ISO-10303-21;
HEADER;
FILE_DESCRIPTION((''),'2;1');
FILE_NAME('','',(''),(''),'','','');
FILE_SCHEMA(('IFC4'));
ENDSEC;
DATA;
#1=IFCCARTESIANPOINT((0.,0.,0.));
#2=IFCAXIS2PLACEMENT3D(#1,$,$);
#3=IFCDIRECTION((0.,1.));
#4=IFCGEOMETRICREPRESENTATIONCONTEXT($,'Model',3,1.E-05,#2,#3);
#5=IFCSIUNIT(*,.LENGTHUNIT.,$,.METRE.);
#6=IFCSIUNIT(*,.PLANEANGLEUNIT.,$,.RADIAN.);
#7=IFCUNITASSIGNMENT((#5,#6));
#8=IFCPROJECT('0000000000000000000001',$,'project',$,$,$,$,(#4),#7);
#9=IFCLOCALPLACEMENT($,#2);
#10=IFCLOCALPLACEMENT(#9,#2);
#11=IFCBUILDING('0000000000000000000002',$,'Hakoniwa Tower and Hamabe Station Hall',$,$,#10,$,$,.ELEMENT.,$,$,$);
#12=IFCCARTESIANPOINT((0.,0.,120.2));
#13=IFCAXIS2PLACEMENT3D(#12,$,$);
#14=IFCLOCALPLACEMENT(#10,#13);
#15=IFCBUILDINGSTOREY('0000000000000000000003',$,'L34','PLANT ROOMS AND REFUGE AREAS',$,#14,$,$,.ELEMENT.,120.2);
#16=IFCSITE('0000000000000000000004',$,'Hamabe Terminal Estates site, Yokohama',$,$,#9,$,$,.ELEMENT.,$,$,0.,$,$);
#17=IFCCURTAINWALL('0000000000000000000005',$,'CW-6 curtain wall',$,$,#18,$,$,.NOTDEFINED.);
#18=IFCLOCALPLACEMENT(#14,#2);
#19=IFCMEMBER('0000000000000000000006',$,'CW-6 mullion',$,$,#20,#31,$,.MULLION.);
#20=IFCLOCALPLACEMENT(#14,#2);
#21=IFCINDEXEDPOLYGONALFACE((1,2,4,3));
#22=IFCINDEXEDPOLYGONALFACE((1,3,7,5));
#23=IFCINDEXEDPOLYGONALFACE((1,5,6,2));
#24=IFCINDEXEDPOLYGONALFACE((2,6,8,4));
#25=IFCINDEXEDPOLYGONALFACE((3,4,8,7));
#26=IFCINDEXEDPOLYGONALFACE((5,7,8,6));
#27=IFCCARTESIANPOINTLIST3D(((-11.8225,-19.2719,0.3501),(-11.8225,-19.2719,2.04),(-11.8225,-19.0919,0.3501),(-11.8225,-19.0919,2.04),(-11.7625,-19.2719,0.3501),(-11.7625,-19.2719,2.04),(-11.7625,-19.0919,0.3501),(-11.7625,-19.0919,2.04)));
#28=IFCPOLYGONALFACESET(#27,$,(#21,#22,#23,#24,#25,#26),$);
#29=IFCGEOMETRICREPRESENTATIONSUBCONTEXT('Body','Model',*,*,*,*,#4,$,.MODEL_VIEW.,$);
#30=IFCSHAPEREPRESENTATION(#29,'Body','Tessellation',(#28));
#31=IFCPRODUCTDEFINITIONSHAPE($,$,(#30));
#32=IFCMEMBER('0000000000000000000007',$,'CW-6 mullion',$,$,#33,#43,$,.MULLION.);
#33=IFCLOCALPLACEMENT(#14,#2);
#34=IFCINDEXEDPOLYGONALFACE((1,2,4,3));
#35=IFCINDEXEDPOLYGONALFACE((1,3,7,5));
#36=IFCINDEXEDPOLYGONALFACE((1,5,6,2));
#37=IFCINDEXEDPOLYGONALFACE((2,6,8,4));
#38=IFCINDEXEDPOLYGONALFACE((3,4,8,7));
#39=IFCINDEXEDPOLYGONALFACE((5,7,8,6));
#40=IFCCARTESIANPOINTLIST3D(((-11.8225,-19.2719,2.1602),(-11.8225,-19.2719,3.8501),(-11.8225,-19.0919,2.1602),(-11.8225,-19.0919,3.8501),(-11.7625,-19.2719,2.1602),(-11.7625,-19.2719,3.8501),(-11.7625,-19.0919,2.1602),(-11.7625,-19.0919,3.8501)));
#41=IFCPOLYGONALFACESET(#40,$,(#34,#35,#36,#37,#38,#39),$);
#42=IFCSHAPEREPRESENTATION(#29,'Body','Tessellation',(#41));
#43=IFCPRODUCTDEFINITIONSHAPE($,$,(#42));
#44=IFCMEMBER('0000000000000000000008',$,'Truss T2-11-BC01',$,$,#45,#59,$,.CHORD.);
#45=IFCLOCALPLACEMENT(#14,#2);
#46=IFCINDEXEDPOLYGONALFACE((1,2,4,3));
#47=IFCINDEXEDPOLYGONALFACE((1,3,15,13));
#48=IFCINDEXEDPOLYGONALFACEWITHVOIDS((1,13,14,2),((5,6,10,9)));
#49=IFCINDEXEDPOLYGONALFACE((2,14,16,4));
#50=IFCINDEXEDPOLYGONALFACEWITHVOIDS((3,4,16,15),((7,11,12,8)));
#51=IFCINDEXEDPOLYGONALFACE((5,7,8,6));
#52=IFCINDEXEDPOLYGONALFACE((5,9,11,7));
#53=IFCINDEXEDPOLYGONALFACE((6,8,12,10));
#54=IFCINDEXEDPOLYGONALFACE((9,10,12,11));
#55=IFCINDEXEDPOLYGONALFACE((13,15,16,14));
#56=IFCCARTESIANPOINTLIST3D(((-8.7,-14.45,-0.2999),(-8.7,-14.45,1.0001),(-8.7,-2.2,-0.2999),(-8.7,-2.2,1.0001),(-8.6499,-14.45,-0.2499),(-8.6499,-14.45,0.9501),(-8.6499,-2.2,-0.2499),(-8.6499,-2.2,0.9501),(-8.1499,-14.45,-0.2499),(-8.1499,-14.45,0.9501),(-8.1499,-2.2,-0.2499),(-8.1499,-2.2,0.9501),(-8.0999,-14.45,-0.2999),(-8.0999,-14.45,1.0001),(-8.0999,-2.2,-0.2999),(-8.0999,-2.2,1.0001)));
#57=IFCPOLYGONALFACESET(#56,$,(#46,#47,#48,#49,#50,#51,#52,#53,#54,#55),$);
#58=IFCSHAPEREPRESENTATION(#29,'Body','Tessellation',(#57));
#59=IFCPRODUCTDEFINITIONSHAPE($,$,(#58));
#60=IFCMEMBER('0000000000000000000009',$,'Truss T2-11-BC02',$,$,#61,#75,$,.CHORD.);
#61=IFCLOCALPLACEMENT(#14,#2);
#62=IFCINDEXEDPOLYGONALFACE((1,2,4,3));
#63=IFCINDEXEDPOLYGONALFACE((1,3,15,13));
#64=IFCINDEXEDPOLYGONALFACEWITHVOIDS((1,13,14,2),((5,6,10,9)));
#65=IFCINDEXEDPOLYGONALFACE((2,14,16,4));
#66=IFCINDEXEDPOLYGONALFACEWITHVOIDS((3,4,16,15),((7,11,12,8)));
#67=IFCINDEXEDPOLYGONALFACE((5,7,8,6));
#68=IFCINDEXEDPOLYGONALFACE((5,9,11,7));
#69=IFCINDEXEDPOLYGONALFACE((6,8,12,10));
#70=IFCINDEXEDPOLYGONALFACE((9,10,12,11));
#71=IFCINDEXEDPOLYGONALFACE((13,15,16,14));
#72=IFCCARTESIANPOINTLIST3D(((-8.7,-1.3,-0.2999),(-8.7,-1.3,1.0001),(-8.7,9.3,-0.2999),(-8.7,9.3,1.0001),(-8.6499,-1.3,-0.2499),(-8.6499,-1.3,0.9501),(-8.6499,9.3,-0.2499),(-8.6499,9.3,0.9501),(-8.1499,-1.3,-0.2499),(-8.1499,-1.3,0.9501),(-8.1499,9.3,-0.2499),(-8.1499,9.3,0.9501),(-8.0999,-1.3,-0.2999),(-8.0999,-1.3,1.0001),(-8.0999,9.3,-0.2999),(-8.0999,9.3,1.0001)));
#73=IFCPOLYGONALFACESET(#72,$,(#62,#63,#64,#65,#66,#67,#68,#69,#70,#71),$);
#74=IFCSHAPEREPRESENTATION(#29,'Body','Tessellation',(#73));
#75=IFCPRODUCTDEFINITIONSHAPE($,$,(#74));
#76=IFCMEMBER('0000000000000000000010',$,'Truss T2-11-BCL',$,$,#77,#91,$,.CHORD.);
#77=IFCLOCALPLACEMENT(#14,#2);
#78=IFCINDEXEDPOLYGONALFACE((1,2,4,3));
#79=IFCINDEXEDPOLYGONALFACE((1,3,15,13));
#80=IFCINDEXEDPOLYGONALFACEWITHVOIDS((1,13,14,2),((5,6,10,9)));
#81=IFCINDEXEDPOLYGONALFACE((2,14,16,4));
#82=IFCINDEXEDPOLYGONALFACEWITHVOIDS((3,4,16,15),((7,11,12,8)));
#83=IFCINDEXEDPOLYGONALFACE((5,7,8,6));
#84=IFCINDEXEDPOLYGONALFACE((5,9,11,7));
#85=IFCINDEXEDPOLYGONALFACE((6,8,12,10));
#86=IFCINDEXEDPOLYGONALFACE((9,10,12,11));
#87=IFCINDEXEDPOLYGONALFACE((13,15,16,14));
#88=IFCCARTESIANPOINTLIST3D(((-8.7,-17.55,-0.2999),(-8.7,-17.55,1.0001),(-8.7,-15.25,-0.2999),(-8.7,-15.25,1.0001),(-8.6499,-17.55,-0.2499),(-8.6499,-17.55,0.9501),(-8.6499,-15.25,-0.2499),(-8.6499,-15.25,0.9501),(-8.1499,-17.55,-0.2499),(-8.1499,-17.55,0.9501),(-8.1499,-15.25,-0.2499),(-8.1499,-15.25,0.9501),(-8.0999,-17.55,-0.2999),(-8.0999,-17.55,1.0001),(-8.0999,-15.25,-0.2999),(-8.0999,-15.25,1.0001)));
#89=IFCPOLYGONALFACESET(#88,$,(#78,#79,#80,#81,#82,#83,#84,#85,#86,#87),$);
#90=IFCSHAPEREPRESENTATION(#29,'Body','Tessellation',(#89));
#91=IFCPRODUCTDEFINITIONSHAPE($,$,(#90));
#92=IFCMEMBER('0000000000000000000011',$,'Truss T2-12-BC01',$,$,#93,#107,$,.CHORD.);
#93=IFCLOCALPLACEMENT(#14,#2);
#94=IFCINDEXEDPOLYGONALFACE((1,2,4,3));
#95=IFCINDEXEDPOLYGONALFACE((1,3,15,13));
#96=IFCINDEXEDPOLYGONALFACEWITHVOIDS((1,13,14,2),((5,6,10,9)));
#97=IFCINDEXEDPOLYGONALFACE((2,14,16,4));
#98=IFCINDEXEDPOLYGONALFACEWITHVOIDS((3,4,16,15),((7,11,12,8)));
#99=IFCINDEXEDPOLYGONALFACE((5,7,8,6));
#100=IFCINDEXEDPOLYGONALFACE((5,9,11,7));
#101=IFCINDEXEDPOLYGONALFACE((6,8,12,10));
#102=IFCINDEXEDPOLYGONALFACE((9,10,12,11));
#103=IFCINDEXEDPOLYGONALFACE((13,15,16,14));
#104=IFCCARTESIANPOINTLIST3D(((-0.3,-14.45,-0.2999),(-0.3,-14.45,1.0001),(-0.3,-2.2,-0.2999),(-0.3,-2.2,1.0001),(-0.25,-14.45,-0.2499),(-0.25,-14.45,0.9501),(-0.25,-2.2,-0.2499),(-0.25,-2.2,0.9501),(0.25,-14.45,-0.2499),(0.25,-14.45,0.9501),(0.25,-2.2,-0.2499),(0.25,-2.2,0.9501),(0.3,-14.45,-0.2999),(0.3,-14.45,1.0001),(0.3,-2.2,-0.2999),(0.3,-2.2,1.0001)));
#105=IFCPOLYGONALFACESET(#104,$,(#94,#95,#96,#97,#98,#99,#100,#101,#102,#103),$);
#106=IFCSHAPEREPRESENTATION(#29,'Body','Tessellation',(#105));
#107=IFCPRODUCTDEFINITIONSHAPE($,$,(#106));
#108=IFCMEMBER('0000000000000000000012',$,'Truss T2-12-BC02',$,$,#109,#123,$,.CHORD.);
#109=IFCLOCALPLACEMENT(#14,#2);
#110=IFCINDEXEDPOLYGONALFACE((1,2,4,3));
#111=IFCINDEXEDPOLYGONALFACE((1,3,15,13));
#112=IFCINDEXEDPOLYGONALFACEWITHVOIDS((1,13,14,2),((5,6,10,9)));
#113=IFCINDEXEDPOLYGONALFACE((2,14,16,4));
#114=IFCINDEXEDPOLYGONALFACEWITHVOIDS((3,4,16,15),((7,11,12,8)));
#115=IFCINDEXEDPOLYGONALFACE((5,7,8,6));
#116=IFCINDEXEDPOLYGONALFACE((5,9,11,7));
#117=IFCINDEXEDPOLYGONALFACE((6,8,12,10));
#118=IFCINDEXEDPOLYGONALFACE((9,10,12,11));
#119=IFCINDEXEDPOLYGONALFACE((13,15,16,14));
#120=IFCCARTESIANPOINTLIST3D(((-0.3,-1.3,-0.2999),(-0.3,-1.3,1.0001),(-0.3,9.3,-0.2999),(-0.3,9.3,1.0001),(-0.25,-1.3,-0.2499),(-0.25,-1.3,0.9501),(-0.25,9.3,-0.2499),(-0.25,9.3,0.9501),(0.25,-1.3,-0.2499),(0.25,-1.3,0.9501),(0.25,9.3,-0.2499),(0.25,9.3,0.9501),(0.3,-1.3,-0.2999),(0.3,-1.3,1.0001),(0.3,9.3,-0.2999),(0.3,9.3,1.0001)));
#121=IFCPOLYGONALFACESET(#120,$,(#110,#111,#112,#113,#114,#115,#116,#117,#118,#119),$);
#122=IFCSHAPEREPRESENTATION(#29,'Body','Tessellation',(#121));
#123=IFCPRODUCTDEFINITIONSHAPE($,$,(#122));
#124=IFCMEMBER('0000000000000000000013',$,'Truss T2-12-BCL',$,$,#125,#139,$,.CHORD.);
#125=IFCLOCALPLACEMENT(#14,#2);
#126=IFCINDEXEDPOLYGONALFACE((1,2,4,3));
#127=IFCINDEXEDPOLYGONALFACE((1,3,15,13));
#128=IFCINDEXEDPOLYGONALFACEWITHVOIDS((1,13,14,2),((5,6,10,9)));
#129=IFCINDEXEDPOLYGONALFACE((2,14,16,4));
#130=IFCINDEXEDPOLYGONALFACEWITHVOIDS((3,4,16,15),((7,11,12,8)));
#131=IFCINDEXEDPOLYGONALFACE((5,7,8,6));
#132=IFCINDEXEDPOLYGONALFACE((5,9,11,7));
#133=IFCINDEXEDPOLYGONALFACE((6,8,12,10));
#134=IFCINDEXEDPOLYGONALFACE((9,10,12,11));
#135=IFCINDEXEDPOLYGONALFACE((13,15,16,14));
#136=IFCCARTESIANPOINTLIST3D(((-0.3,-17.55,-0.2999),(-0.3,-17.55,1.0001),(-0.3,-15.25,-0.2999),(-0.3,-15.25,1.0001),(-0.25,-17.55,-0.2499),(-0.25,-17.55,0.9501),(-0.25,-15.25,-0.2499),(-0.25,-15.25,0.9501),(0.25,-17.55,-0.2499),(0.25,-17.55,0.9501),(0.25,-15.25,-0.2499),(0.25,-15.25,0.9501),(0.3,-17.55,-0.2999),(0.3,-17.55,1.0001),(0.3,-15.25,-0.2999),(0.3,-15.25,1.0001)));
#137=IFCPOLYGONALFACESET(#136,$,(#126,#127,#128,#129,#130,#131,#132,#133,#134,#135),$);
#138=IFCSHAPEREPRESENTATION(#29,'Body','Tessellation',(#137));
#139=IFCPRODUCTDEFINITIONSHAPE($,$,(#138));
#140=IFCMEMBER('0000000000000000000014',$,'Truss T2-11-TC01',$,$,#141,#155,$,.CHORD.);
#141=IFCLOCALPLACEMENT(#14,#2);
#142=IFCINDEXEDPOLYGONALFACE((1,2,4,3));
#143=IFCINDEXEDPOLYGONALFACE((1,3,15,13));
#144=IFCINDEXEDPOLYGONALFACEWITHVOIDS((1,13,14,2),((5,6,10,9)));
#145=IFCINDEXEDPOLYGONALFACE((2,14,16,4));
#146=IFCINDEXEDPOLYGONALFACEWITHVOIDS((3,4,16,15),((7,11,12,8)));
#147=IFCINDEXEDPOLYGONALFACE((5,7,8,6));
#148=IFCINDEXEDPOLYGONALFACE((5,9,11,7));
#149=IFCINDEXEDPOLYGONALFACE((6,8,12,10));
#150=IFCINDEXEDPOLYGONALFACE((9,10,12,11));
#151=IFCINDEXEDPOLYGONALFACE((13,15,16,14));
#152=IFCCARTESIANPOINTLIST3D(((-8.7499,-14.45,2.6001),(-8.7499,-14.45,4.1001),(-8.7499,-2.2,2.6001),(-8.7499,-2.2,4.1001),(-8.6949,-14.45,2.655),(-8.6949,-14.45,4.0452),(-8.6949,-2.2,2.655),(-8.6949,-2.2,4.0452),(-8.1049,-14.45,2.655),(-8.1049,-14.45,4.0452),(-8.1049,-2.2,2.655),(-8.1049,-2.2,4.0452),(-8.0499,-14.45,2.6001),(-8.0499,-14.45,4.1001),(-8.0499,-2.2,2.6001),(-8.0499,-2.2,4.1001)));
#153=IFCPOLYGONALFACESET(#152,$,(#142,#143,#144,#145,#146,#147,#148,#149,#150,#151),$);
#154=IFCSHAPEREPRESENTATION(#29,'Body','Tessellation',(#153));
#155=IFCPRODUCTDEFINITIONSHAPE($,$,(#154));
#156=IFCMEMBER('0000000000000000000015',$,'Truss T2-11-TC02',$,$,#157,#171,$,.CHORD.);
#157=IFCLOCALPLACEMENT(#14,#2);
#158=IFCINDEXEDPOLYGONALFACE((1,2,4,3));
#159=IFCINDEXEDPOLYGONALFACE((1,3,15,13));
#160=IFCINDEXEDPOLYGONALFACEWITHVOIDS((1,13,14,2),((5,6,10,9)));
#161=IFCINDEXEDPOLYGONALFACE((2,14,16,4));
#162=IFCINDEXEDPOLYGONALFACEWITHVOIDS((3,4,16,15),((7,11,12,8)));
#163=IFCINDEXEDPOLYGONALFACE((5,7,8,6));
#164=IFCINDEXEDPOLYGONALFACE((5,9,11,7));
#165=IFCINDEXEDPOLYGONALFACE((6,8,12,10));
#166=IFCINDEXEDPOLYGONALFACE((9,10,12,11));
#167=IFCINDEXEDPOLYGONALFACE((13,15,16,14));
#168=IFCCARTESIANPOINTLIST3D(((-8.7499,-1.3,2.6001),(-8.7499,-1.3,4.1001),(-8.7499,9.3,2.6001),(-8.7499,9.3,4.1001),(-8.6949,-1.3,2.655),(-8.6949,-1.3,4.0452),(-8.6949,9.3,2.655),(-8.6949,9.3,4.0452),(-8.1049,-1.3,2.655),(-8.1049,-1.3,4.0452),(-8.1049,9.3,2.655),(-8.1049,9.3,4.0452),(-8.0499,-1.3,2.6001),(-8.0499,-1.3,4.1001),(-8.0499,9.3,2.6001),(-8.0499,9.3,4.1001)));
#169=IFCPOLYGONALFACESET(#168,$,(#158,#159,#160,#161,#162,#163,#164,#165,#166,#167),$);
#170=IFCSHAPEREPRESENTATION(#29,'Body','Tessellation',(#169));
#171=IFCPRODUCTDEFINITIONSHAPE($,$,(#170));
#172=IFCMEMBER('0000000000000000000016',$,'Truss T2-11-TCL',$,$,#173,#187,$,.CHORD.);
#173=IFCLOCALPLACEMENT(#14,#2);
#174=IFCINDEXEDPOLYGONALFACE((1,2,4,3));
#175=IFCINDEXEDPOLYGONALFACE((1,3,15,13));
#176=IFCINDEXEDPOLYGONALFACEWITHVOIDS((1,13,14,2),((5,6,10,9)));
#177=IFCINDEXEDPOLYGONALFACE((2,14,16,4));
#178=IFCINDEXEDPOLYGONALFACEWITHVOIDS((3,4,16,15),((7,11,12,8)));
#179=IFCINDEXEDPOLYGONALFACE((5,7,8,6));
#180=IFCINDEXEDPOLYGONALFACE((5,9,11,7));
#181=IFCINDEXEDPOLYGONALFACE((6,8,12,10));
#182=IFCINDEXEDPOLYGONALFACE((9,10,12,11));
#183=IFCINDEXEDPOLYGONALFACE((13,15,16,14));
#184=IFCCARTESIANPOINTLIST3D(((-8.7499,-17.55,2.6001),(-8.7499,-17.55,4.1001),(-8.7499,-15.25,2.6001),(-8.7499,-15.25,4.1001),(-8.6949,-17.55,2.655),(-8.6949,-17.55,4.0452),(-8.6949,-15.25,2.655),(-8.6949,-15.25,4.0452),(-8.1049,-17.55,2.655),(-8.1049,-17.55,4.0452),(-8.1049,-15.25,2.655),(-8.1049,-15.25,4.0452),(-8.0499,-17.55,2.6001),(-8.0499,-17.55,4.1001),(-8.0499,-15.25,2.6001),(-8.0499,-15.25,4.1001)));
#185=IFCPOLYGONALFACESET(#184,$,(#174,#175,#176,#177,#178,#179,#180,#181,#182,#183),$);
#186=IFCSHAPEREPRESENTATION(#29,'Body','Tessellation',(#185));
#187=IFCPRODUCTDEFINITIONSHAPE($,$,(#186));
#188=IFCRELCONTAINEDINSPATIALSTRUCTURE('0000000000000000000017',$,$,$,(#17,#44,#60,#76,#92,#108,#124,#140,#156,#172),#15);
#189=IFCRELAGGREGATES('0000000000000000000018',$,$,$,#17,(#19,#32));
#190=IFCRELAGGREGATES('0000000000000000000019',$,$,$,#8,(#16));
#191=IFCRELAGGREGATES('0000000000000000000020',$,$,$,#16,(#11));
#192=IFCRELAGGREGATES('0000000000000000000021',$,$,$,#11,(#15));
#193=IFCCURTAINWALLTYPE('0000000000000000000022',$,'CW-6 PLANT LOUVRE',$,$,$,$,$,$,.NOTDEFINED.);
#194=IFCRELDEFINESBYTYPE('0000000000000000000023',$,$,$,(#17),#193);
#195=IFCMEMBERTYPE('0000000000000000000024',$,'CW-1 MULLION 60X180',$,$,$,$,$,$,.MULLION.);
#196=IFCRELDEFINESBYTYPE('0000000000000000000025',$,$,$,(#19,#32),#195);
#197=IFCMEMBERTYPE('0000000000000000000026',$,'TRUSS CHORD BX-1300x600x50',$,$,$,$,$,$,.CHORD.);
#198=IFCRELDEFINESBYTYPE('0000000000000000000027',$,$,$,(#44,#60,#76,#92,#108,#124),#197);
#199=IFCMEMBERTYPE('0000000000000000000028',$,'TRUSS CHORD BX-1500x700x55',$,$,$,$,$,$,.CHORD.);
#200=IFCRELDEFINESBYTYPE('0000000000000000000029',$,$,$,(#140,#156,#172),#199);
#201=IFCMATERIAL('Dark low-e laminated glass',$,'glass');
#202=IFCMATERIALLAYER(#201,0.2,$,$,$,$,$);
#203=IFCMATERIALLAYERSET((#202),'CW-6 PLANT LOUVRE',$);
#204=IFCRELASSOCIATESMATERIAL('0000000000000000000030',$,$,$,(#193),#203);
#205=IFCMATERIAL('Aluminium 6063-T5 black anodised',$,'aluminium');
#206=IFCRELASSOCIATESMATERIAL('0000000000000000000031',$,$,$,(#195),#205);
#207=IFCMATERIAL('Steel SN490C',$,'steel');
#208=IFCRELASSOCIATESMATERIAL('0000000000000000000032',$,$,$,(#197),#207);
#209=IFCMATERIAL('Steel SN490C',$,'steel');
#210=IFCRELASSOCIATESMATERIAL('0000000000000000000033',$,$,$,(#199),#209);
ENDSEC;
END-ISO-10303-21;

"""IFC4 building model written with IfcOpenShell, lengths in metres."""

from ifc_helpers import new_model, si_unit, direction, frame, origin, origin_2d, place, context, subcontext, project, spatial, rectangle, hollow_rectangle, extrude, material, layer, layer_set, material_profile, profile_set, type_object, element, aggregate, save


model = new_model("IFC4")

# Units and contexts
model_context = context("Model", 3, precision=1e-05, world=origin(), true_north=direction((0.0, 1.0)))
body_context = subcontext(model_context, "Body", "Model", "MODEL_VIEW")
ifc_project = project(units=[si_unit("LENGTHUNIT", "METRE"), si_unit("PLANEANGLEUNIT", "RADIAN")], contexts=[model_context])

# Site, building, storey
site_placement = place(None, origin())
site = spatial("IfcSite", under=ifc_project, at=site_placement, Name="Hamabe Terminal Estates site, Yokohama", CompositionType="ELEMENT", RefElevation=0.0)
building_placement = place(site_placement, origin())
building = spatial("IfcBuilding", under=site, at=building_placement, Name="Hakoniwa Tower and Hamabe Station Hall", CompositionType="ELEMENT")
storey_placement = place(building_placement, frame((0.0, 0.0, 120.2)))
storey = spatial("IfcBuildingStorey", under=building, at=storey_placement, Name="L34", Description="PLANT ROOMS AND REFUGE AREAS", CompositionType="ELEMENT", Elevation=120.2)

# Curtain wall, members
ifc_material_1 = material(Name="Dark low-e laminated glass", Category="glass")
ifc_layer_1 = layer(ifc_material_1, 0.2)
ifc_layer_set_1 = layer_set([ifc_layer_1], Name="CW-6 PLANT LOUVRE")
curtain_wall_type = type_object("IfcCurtainWallType", Name="CW-6 PLANT LOUVRE", PredefinedType="NOTDEFINED", material=ifc_layer_set_1)
curtain_wall_placement = place(storey_placement, origin())
curtain_wall = element("IfcCurtainWall", 1, at=curtain_wall_placement, inside=storey, type_object=curtain_wall_type, Name="CW-6 curtain wall", PredefinedType="NOTDEFINED")
ifc_material_2 = material(Name="Aluminium 6063-T5 black anodised", Category="aluminium")
ifc_material_profile_1 = material_profile(ifc_material_2, rectangle(XDim=0.0601, YDim=0.1799, at=origin_2d()), Name="CW-1 MULLION 60X180")
ifc_profile_set_1 = profile_set([ifc_material_profile_1], Name="Aluminium 6063-T5 black anodised")
member_type_1 = type_object("IfcMemberType", Name="CW-1 MULLION 60X180", PredefinedType="MULLION", material=ifc_profile_set_1)
member_1_placement = place(storey_placement, frame((-11.7925, -19.1819, 0.3501), z_axis=(0.0, 0.0, 1.0), x_axis=(1.0, 0.0, 0.0)))
member_1 = element("IfcMember", 2, at=member_1_placement, type_object=member_type_1, Name="CW-6 mullion", PredefinedType="MULLION", context=body_context, shape_type="SweptSolid", body=[
    extrude(rectangle(XDim=0.0601, YDim=0.1799, at=origin_2d()), origin(), (0.0, 0.0, 1.0), 1.6899),
])
member_2_placement = place(storey_placement, frame((-11.7925, -19.1819, 2.1602), z_axis=(0.0, 0.0, 1.0), x_axis=(1.0, 0.0, 0.0)))
member_2 = element("IfcMember", 3, at=member_2_placement, type_object=member_type_1, Name="CW-6 mullion", PredefinedType="MULLION", context=body_context, shape_type="SweptSolid", body=[
    extrude(rectangle(XDim=0.0601, YDim=0.1799, at=origin_2d()), origin(), (0.0, 0.0, 1.0), 1.6899),
])

# Members
ifc_material_3 = material(Name="Steel SN490C", Category="steel")
ifc_material_profile_2 = material_profile(ifc_material_3, hollow_rectangle(XDim=0.6001, YDim=1.3, WallThickness=0.05, at=origin_2d()), Name="BX-1300x600x50")
ifc_profile_set_2 = profile_set([ifc_material_profile_2], Name="Steel SN490C")
member_type_2 = type_object("IfcMemberType", Name="TRUSS CHORD BX-1300x600x50", PredefinedType="CHORD", material=ifc_profile_set_2)
member_3_placement = place(storey_placement, frame((-8.3999, -14.45, 0.3501), z_axis=(0.0, 1.0, 0.0), x_axis=(-1.0, 0.0, 0.0)))
element("IfcMember", 4, at=member_3_placement, inside=storey, type_object=member_type_2, Name="Truss T2-11-BC01", PredefinedType="CHORD", context=body_context, shape_type="SweptSolid", body=[
    extrude(hollow_rectangle(XDim=0.6001, YDim=1.3, WallThickness=0.05, at=origin_2d()), origin(), (0.0, 0.0, 1.0), 12.25),
])
member_4_placement = place(storey_placement, frame((-8.3999, -1.3, 0.3501), z_axis=(0.0, 1.0, 0.0), x_axis=(-1.0, 0.0, 0.0)))
element("IfcMember", 5, at=member_4_placement, inside=storey, type_object=member_type_2, Name="Truss T2-11-BC02", PredefinedType="CHORD", context=body_context, shape_type="SweptSolid", body=[
    extrude(hollow_rectangle(XDim=0.6001, YDim=1.3, WallThickness=0.05, at=origin_2d()), origin(), (0.0, 0.0, 1.0), 10.6001),
])
member_5_placement = place(storey_placement, frame((-8.3999, -17.55, 0.3501), z_axis=(0.0, 1.0, 0.0), x_axis=(-1.0, 0.0, 0.0)))
element("IfcMember", 6, at=member_5_placement, inside=storey, type_object=member_type_2, Name="Truss T2-11-BCL", PredefinedType="CHORD", context=body_context, shape_type="SweptSolid", body=[
    extrude(hollow_rectangle(XDim=0.6001, YDim=1.3, WallThickness=0.05, at=origin_2d()), origin(), (0.0, 0.0, 1.0), 2.3),
])
member_6_placement = place(storey_placement, frame((0.0, -14.45, 0.3501), z_axis=(0.0, 1.0, 0.0), x_axis=(-1.0, 0.0, 0.0)))
element("IfcMember", 7, at=member_6_placement, inside=storey, type_object=member_type_2, Name="Truss T2-12-BC01", PredefinedType="CHORD", context=body_context, shape_type="SweptSolid", body=[
    extrude(hollow_rectangle(XDim=0.6001, YDim=1.3, WallThickness=0.05, at=origin_2d()), origin(), (0.0, 0.0, 1.0), 12.25),
])
member_7_placement = place(storey_placement, frame((0.0, -1.3, 0.3501), z_axis=(0.0, 1.0, 0.0), x_axis=(-1.0, 0.0, 0.0)))
element("IfcMember", 8, at=member_7_placement, inside=storey, type_object=member_type_2, Name="Truss T2-12-BC02", PredefinedType="CHORD", context=body_context, shape_type="SweptSolid", body=[
    extrude(hollow_rectangle(XDim=0.6001, YDim=1.3, WallThickness=0.05, at=origin_2d()), origin(), (0.0, 0.0, 1.0), 10.6001),
])
member_8_placement = place(storey_placement, frame((0.0, -17.55, 0.3501), z_axis=(0.0, 1.0, 0.0), x_axis=(-1.0, 0.0, 0.0)))
element("IfcMember", 9, at=member_8_placement, inside=storey, type_object=member_type_2, Name="Truss T2-12-BCL", PredefinedType="CHORD", context=body_context, shape_type="SweptSolid", body=[
    extrude(hollow_rectangle(XDim=0.6001, YDim=1.3, WallThickness=0.05, at=origin_2d()), origin(), (0.0, 0.0, 1.0), 2.3),
])
ifc_material_4 = material(Name="Steel SN490C", Category="steel")
ifc_material_profile_3 = material_profile(ifc_material_4, hollow_rectangle(XDim=0.7, YDim=1.5, WallThickness=0.0549, at=origin_2d()), Name="BX-1500x700x55")
ifc_profile_set_3 = profile_set([ifc_material_profile_3], Name="Steel SN490C")
member_type_3 = type_object("IfcMemberType", Name="TRUSS CHORD BX-1500x700x55", PredefinedType="CHORD", material=ifc_profile_set_3)
member_9_placement = place(storey_placement, frame((-8.3999, -14.45, 3.3501), z_axis=(0.0, 1.0, 0.0), x_axis=(-1.0, 0.0, 0.0)))
element("IfcMember", 10, at=member_9_placement, inside=storey, type_object=member_type_3, Name="Truss T2-11-TC01", PredefinedType="CHORD", context=body_context, shape_type="SweptSolid", body=[
    extrude(hollow_rectangle(XDim=0.7, YDim=1.5, WallThickness=0.0549, at=origin_2d()), origin(), (0.0, 0.0, 1.0), 12.25),
])
member_10_placement = place(storey_placement, frame((-8.3999, -1.3, 3.3501), z_axis=(0.0, 1.0, 0.0), x_axis=(-1.0, 0.0, 0.0)))
element("IfcMember", 11, at=member_10_placement, inside=storey, type_object=member_type_3, Name="Truss T2-11-TC02", PredefinedType="CHORD", context=body_context, shape_type="SweptSolid", body=[
    extrude(hollow_rectangle(XDim=0.7, YDim=1.5, WallThickness=0.0549, at=origin_2d()), origin(), (0.0, 0.0, 1.0), 10.6001),
])
member_11_placement = place(storey_placement, frame((-8.3999, -17.55, 3.3501), z_axis=(0.0, 1.0, 0.0), x_axis=(-1.0, 0.0, 0.0)))
element("IfcMember", 12, at=member_11_placement, inside=storey, type_object=member_type_3, Name="Truss T2-11-TCL", PredefinedType="CHORD", context=body_context, shape_type="SweptSolid", body=[
    extrude(hollow_rectangle(XDim=0.7, YDim=1.5, WallThickness=0.0549, at=origin_2d()), origin(), (0.0, 0.0, 1.0), 2.3),
])

aggregate(curtain_wall, [member_1, member_2])

save(model, "model.ifc")
